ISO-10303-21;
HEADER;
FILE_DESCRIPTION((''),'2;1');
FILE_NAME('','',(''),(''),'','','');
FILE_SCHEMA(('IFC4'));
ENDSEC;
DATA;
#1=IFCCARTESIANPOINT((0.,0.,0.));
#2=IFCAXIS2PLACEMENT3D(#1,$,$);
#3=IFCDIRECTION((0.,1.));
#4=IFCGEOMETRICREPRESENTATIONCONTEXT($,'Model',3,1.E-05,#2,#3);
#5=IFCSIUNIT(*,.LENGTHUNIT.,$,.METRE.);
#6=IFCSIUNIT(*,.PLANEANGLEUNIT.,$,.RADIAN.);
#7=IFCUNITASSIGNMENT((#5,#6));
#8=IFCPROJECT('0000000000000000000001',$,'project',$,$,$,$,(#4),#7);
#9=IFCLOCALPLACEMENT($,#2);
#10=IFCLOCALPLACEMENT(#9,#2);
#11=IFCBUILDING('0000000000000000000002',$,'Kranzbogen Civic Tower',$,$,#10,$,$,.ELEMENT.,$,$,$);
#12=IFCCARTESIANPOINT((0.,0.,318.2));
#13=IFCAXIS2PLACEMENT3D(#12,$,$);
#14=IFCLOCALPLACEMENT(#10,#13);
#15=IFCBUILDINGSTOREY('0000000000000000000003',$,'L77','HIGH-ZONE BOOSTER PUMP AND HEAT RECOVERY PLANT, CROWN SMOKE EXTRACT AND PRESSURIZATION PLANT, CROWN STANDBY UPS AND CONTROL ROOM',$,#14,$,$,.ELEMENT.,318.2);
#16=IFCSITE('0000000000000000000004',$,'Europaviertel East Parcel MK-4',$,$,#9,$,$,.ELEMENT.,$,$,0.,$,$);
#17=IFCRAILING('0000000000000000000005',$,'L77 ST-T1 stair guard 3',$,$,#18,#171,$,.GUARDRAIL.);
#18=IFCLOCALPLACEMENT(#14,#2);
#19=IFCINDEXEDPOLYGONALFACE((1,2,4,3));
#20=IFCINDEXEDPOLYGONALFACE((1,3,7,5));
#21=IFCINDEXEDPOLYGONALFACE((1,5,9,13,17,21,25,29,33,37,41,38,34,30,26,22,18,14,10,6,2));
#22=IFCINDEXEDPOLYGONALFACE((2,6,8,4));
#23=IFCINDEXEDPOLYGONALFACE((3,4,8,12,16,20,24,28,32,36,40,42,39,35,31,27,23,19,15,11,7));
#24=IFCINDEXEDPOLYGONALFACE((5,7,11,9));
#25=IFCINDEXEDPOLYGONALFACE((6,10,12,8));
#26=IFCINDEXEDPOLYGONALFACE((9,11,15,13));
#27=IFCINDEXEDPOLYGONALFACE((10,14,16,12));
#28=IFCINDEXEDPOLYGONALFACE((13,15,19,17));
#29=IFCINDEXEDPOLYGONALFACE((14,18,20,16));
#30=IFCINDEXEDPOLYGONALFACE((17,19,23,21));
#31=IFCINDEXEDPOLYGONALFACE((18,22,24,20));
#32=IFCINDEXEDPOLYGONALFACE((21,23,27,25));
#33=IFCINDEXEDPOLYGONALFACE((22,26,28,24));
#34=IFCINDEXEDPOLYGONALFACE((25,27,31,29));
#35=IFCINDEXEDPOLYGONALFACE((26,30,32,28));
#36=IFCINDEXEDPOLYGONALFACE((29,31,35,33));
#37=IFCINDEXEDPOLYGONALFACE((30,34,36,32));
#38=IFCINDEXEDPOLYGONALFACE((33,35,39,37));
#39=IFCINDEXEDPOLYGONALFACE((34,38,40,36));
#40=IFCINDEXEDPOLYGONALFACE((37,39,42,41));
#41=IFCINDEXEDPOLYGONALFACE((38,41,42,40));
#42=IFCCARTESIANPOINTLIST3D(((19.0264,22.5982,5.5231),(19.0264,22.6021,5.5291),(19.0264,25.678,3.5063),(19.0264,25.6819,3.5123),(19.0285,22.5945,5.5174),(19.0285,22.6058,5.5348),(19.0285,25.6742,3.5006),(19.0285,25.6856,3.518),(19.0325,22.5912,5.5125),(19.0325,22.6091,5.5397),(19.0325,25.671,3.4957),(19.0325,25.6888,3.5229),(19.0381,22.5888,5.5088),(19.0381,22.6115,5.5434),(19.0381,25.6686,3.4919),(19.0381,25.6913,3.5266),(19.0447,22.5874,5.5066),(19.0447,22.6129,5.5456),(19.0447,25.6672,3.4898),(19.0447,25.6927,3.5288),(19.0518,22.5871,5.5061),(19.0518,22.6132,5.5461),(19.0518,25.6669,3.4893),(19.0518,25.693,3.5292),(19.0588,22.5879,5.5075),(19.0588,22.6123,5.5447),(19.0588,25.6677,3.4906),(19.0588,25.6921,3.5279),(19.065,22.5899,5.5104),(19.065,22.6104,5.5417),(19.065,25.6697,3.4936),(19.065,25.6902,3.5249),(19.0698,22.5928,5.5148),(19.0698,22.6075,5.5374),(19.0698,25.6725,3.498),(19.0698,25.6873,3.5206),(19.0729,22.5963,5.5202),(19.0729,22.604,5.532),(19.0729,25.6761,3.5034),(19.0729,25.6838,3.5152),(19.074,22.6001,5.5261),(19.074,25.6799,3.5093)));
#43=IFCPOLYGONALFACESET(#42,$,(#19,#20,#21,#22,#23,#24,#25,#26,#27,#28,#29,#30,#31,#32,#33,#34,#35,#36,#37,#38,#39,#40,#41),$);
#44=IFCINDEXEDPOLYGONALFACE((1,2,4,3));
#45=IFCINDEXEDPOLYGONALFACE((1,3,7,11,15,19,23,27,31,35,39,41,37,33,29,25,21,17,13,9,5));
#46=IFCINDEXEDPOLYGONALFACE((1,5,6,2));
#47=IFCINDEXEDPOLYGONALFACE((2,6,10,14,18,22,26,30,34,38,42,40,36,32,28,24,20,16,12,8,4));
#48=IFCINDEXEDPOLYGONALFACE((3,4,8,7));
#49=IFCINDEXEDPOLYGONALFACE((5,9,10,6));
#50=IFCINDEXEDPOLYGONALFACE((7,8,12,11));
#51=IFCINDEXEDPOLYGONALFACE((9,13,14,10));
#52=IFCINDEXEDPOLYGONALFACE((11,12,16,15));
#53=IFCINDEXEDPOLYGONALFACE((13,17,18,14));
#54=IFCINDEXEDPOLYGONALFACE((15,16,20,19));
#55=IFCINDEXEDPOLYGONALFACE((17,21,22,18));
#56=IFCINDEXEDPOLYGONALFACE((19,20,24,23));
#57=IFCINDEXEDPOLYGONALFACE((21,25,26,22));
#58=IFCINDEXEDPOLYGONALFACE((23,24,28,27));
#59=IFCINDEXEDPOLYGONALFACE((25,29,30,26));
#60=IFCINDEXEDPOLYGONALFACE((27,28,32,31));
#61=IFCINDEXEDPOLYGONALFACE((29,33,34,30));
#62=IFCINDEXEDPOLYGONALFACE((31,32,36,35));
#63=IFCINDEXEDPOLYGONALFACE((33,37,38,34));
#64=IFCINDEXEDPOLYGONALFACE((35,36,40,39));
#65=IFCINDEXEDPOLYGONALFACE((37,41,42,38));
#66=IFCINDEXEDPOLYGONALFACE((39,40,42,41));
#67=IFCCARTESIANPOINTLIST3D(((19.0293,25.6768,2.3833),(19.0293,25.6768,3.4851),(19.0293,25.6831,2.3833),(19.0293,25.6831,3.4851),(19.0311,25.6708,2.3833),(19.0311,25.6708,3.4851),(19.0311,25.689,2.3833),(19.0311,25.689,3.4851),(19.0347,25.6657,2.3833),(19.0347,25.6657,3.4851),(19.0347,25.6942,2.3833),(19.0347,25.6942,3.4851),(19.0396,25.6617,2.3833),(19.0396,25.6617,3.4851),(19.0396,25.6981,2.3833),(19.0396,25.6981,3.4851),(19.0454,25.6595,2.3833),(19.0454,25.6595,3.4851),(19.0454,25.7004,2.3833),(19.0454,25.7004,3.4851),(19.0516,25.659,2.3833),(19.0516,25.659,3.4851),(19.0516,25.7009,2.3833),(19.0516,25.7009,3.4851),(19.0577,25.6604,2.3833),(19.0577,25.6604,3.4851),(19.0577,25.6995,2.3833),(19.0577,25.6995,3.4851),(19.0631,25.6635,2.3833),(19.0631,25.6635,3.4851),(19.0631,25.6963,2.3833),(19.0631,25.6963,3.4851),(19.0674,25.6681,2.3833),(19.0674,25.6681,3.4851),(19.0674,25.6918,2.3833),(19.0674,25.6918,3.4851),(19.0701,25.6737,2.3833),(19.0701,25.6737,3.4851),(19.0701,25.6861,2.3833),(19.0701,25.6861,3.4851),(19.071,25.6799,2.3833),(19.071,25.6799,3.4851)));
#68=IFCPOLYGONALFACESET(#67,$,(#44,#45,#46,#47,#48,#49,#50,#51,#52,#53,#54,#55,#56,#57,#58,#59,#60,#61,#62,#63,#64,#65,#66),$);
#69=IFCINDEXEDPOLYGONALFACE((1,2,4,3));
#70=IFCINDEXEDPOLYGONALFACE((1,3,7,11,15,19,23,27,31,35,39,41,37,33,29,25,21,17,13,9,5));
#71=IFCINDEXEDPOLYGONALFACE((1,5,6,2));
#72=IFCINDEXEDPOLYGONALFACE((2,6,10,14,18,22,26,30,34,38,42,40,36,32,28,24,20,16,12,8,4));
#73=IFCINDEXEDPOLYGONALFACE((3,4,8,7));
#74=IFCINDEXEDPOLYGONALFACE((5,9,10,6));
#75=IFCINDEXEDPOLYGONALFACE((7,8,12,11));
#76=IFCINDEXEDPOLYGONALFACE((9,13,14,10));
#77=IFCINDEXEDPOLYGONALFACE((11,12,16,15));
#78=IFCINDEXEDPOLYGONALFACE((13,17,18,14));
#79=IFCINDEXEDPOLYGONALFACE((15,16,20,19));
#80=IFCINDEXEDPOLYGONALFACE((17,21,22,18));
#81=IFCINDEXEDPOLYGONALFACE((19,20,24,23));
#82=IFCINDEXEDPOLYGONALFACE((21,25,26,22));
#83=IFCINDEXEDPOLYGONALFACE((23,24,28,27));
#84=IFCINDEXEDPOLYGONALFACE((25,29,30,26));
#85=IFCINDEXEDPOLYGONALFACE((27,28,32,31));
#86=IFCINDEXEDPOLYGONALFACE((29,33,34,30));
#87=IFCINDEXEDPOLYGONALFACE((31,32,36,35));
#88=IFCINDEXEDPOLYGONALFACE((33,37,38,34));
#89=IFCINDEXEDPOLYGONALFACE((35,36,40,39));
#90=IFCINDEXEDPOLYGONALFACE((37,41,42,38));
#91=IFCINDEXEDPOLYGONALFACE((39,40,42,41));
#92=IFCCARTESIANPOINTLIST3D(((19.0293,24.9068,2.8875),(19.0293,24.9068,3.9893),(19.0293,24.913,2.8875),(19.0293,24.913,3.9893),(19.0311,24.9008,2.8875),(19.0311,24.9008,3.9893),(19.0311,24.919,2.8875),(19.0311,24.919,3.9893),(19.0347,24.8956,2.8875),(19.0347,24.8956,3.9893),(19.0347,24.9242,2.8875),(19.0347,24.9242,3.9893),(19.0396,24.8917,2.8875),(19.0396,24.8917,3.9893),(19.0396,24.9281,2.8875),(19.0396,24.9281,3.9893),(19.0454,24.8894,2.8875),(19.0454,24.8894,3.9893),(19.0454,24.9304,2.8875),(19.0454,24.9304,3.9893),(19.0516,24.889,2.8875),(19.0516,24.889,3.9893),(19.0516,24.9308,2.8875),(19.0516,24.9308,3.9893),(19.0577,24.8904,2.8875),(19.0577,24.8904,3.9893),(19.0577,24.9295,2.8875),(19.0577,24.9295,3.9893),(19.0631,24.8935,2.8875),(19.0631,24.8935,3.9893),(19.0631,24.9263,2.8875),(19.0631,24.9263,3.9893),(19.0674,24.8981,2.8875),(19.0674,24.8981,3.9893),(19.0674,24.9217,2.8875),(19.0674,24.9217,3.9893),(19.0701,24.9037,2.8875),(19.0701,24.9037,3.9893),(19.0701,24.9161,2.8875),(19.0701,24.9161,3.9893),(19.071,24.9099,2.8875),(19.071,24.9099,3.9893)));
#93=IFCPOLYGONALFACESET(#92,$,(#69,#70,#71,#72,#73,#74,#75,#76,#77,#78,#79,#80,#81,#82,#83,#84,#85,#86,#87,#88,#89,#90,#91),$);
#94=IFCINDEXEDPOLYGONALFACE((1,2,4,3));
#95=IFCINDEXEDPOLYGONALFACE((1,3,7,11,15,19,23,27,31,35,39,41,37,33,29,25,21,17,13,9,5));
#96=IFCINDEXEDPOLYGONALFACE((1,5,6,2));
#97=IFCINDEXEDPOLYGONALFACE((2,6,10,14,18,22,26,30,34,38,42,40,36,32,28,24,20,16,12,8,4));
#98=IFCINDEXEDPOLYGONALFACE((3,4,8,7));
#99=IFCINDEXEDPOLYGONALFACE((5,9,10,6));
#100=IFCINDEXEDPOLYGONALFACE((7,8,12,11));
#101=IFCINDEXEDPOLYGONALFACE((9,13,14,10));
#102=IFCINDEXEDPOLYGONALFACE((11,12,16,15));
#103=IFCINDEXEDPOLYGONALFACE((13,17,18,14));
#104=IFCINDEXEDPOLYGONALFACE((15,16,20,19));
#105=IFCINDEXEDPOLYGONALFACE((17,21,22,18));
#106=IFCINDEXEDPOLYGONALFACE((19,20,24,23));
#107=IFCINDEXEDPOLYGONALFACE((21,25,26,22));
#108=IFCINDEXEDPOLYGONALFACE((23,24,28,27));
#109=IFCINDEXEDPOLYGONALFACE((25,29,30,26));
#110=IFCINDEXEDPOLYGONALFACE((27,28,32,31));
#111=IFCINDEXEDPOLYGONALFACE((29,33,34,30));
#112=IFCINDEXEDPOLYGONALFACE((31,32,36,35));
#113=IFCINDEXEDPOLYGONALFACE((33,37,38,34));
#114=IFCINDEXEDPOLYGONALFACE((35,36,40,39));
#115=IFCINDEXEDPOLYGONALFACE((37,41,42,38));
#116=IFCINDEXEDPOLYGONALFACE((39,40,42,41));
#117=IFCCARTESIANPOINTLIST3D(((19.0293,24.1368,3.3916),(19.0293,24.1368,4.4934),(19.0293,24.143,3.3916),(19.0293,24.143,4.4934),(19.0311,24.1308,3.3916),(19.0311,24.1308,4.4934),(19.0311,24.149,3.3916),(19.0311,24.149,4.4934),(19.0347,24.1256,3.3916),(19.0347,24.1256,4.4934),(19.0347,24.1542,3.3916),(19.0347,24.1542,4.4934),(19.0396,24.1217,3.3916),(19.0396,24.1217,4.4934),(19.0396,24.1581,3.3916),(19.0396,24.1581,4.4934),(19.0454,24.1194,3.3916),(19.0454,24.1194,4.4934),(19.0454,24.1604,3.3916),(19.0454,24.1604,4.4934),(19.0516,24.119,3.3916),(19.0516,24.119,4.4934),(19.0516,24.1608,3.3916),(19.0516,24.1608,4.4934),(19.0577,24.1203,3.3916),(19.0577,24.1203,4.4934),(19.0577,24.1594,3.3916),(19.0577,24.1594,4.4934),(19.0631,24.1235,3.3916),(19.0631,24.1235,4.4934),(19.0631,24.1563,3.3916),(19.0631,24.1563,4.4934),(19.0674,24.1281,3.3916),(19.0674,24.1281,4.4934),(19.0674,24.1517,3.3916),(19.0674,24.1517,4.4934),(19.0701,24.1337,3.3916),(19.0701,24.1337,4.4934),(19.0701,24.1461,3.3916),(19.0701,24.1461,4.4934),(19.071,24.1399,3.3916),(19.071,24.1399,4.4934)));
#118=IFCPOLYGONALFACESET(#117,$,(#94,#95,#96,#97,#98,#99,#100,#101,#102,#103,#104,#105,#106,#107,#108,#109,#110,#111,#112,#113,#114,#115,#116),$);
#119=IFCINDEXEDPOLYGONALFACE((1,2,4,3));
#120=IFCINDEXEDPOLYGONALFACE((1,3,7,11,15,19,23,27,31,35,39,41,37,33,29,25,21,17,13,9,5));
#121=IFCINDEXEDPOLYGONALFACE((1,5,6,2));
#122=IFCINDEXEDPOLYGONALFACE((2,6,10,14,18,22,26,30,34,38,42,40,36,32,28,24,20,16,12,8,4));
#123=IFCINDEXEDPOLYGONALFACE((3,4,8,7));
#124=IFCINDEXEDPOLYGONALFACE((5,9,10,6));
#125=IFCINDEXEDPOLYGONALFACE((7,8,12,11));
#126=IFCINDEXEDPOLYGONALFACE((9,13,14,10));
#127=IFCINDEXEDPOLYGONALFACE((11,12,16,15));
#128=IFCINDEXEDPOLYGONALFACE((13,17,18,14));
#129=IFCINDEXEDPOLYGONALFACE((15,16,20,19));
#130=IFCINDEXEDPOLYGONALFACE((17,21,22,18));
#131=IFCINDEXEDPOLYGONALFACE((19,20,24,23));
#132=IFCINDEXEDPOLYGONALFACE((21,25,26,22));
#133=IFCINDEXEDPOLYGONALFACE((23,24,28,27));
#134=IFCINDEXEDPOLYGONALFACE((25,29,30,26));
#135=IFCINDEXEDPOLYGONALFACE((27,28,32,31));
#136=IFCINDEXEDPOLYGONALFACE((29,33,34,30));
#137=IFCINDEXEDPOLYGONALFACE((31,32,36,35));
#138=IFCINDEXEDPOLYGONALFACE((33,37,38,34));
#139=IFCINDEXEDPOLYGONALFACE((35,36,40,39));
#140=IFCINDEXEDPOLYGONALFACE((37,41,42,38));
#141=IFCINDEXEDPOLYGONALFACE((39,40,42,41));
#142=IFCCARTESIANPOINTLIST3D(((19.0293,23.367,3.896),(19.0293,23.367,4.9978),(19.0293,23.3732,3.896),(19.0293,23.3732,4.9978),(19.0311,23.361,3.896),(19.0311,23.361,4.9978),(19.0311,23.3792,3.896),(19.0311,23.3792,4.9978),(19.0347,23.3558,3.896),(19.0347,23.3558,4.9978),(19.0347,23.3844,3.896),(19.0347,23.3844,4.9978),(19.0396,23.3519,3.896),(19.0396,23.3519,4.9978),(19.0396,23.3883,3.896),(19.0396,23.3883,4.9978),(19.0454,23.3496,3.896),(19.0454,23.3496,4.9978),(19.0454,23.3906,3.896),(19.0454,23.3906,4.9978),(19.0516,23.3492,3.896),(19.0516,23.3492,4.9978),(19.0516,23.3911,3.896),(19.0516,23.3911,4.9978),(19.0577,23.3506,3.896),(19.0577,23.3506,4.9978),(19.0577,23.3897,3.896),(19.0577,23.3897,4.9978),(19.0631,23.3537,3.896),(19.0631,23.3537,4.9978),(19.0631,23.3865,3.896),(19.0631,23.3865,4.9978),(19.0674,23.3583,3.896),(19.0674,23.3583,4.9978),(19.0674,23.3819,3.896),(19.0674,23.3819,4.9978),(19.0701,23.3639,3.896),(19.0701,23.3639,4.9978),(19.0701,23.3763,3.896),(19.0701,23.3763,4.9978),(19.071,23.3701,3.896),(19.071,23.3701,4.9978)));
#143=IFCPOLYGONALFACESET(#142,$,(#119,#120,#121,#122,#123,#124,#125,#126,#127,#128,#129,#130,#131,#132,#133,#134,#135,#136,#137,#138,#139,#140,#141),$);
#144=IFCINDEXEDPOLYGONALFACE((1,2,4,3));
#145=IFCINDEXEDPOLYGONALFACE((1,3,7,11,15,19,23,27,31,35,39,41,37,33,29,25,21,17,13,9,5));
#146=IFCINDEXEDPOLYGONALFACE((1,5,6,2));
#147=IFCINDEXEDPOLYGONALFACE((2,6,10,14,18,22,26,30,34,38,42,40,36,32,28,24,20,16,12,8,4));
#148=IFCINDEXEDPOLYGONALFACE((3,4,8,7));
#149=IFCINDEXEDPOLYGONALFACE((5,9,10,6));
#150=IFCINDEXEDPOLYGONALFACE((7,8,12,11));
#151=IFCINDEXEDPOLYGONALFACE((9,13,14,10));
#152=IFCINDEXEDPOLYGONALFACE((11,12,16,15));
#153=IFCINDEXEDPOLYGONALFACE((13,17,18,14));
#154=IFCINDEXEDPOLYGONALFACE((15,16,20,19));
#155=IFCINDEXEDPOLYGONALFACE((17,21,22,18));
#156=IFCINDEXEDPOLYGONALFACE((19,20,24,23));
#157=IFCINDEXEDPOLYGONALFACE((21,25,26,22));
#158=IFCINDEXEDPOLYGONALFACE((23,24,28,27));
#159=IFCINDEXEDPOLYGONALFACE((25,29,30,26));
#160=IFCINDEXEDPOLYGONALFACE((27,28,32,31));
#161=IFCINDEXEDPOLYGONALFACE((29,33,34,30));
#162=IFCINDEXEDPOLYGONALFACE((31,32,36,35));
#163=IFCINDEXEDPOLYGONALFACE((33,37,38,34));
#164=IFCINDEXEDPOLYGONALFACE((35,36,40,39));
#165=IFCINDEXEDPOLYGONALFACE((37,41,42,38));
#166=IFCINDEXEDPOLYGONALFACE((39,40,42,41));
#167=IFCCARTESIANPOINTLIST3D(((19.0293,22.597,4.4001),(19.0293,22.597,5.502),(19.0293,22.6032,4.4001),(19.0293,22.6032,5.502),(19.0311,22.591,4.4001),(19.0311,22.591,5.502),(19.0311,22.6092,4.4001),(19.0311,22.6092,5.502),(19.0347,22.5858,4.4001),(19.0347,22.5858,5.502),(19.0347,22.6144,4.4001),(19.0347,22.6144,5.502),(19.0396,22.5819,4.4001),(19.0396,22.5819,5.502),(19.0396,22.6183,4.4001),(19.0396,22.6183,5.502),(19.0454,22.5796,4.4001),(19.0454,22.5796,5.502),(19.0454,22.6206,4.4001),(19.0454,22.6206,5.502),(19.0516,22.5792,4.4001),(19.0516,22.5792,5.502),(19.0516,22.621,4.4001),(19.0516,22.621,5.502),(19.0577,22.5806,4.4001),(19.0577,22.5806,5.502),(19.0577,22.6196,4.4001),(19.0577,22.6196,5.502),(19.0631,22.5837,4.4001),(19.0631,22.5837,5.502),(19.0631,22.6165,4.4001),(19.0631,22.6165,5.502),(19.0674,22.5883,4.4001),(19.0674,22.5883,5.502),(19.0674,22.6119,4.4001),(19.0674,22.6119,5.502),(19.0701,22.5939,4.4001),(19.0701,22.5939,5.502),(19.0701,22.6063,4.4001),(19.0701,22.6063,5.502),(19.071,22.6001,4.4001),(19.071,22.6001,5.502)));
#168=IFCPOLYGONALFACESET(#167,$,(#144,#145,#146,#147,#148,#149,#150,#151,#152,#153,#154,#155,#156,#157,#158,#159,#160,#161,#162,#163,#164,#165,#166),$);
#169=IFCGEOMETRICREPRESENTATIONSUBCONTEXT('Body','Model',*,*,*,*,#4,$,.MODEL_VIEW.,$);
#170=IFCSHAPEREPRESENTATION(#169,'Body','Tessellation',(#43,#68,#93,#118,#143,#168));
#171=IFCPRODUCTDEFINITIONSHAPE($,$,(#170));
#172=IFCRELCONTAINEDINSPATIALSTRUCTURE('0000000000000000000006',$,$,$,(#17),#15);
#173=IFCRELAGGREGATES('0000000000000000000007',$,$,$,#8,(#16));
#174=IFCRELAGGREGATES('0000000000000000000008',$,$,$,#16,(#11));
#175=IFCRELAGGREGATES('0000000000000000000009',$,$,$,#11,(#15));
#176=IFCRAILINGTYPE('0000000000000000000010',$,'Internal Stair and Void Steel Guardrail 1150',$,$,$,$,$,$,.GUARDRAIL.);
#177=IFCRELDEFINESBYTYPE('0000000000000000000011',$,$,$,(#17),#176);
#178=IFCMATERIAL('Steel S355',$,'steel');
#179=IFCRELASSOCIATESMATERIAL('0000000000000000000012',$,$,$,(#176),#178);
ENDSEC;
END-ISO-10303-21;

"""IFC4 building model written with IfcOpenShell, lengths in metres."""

from ifc_helpers import new_model, si_unit, direction, frame, origin, origin_2d, place, context, subcontext, project, spatial, circle, extrude, material, type_object, element, save


model = new_model("IFC4")

# Units and contexts
model_context = context("Model", 3, precision=1e-05, world=origin(), true_north=direction((0.0, 1.0)))
body_context = subcontext(model_context, "Body", "Model", "MODEL_VIEW")
ifc_project = project(units=[si_unit("LENGTHUNIT", "METRE"), si_unit("PLANEANGLEUNIT", "RADIAN")], contexts=[model_context])

# Site, building, storey
site_placement = place(None, origin())
site = spatial("IfcSite", under=ifc_project, at=site_placement, Name="Europaviertel East Parcel MK-4", CompositionType="ELEMENT", RefElevation=0.0)
building_placement = place(site_placement, origin())
building = spatial("IfcBuilding", under=site, at=building_placement, Name="Kranzbogen Civic Tower", CompositionType="ELEMENT")
storey_placement = place(building_placement, frame((0.0, 0.0, 318.2)))
storey = spatial("IfcBuildingStorey", under=building, at=storey_placement, Name="L77", Description="HIGH-ZONE BOOSTER PUMP AND HEAT RECOVERY PLANT, CROWN SMOKE EXTRACT AND PRESSURIZATION PLANT, CROWN STANDBY UPS AND CONTROL ROOM", CompositionType="ELEMENT", Elevation=318.2)

# Shared definitions
ifc_material_1 = material(Name="Steel S355", Category="steel")

# Railing
railing_type_1 = type_object("IfcRailingType", Name="Internal Stair and Void Steel Guardrail 1150", PredefinedType="GUARDRAIL", material=ifc_material_1)
railing_1_placement = place(storey_placement, frame((19.05, 25.6799, 2.3833)))
element("IfcRailing", 1, at=railing_1_placement, inside=storey, type_object=railing_type_1, Name="L77 ST-T1 stair guard 3", PredefinedType="GUARDRAIL", context=body_context, shape_type="SweptSolid", body=[
    extrude(circle(Radius=0.0239, at=origin_2d()), frame((0.0, 0.0, 1.126), z_axis=(0.0, -0.836583, 0.547841), x_axis=(1.0, 0.0, 0.0)), (0.0, 0.0, 1.0), 3.6814),
    extrude(circle(Radius=0.021, at=origin_2d()), origin(), (0.0, 0.0, 1.0), 1.1018),
    extrude(circle(Radius=0.021, at=origin_2d()), frame((0.0, -0.77, 0.5042)), (0.0, 0.0, 1.0), 1.1018),
    extrude(circle(Radius=0.021, at=origin_2d()), frame((0.0, -1.54, 1.0083)), (0.0, 0.0, 1.0), 1.1018),
    extrude(circle(Radius=0.021, at=origin_2d()), frame((0.0, -2.3098, 1.5127)), (0.0, 0.0, 1.0), 1.1018),
    extrude(circle(Radius=0.021, at=origin_2d()), frame((0.0, -3.0798, 2.0168)), (0.0, 0.0, 1.0), 1.1018),
])

save(model, "model.ifc")
